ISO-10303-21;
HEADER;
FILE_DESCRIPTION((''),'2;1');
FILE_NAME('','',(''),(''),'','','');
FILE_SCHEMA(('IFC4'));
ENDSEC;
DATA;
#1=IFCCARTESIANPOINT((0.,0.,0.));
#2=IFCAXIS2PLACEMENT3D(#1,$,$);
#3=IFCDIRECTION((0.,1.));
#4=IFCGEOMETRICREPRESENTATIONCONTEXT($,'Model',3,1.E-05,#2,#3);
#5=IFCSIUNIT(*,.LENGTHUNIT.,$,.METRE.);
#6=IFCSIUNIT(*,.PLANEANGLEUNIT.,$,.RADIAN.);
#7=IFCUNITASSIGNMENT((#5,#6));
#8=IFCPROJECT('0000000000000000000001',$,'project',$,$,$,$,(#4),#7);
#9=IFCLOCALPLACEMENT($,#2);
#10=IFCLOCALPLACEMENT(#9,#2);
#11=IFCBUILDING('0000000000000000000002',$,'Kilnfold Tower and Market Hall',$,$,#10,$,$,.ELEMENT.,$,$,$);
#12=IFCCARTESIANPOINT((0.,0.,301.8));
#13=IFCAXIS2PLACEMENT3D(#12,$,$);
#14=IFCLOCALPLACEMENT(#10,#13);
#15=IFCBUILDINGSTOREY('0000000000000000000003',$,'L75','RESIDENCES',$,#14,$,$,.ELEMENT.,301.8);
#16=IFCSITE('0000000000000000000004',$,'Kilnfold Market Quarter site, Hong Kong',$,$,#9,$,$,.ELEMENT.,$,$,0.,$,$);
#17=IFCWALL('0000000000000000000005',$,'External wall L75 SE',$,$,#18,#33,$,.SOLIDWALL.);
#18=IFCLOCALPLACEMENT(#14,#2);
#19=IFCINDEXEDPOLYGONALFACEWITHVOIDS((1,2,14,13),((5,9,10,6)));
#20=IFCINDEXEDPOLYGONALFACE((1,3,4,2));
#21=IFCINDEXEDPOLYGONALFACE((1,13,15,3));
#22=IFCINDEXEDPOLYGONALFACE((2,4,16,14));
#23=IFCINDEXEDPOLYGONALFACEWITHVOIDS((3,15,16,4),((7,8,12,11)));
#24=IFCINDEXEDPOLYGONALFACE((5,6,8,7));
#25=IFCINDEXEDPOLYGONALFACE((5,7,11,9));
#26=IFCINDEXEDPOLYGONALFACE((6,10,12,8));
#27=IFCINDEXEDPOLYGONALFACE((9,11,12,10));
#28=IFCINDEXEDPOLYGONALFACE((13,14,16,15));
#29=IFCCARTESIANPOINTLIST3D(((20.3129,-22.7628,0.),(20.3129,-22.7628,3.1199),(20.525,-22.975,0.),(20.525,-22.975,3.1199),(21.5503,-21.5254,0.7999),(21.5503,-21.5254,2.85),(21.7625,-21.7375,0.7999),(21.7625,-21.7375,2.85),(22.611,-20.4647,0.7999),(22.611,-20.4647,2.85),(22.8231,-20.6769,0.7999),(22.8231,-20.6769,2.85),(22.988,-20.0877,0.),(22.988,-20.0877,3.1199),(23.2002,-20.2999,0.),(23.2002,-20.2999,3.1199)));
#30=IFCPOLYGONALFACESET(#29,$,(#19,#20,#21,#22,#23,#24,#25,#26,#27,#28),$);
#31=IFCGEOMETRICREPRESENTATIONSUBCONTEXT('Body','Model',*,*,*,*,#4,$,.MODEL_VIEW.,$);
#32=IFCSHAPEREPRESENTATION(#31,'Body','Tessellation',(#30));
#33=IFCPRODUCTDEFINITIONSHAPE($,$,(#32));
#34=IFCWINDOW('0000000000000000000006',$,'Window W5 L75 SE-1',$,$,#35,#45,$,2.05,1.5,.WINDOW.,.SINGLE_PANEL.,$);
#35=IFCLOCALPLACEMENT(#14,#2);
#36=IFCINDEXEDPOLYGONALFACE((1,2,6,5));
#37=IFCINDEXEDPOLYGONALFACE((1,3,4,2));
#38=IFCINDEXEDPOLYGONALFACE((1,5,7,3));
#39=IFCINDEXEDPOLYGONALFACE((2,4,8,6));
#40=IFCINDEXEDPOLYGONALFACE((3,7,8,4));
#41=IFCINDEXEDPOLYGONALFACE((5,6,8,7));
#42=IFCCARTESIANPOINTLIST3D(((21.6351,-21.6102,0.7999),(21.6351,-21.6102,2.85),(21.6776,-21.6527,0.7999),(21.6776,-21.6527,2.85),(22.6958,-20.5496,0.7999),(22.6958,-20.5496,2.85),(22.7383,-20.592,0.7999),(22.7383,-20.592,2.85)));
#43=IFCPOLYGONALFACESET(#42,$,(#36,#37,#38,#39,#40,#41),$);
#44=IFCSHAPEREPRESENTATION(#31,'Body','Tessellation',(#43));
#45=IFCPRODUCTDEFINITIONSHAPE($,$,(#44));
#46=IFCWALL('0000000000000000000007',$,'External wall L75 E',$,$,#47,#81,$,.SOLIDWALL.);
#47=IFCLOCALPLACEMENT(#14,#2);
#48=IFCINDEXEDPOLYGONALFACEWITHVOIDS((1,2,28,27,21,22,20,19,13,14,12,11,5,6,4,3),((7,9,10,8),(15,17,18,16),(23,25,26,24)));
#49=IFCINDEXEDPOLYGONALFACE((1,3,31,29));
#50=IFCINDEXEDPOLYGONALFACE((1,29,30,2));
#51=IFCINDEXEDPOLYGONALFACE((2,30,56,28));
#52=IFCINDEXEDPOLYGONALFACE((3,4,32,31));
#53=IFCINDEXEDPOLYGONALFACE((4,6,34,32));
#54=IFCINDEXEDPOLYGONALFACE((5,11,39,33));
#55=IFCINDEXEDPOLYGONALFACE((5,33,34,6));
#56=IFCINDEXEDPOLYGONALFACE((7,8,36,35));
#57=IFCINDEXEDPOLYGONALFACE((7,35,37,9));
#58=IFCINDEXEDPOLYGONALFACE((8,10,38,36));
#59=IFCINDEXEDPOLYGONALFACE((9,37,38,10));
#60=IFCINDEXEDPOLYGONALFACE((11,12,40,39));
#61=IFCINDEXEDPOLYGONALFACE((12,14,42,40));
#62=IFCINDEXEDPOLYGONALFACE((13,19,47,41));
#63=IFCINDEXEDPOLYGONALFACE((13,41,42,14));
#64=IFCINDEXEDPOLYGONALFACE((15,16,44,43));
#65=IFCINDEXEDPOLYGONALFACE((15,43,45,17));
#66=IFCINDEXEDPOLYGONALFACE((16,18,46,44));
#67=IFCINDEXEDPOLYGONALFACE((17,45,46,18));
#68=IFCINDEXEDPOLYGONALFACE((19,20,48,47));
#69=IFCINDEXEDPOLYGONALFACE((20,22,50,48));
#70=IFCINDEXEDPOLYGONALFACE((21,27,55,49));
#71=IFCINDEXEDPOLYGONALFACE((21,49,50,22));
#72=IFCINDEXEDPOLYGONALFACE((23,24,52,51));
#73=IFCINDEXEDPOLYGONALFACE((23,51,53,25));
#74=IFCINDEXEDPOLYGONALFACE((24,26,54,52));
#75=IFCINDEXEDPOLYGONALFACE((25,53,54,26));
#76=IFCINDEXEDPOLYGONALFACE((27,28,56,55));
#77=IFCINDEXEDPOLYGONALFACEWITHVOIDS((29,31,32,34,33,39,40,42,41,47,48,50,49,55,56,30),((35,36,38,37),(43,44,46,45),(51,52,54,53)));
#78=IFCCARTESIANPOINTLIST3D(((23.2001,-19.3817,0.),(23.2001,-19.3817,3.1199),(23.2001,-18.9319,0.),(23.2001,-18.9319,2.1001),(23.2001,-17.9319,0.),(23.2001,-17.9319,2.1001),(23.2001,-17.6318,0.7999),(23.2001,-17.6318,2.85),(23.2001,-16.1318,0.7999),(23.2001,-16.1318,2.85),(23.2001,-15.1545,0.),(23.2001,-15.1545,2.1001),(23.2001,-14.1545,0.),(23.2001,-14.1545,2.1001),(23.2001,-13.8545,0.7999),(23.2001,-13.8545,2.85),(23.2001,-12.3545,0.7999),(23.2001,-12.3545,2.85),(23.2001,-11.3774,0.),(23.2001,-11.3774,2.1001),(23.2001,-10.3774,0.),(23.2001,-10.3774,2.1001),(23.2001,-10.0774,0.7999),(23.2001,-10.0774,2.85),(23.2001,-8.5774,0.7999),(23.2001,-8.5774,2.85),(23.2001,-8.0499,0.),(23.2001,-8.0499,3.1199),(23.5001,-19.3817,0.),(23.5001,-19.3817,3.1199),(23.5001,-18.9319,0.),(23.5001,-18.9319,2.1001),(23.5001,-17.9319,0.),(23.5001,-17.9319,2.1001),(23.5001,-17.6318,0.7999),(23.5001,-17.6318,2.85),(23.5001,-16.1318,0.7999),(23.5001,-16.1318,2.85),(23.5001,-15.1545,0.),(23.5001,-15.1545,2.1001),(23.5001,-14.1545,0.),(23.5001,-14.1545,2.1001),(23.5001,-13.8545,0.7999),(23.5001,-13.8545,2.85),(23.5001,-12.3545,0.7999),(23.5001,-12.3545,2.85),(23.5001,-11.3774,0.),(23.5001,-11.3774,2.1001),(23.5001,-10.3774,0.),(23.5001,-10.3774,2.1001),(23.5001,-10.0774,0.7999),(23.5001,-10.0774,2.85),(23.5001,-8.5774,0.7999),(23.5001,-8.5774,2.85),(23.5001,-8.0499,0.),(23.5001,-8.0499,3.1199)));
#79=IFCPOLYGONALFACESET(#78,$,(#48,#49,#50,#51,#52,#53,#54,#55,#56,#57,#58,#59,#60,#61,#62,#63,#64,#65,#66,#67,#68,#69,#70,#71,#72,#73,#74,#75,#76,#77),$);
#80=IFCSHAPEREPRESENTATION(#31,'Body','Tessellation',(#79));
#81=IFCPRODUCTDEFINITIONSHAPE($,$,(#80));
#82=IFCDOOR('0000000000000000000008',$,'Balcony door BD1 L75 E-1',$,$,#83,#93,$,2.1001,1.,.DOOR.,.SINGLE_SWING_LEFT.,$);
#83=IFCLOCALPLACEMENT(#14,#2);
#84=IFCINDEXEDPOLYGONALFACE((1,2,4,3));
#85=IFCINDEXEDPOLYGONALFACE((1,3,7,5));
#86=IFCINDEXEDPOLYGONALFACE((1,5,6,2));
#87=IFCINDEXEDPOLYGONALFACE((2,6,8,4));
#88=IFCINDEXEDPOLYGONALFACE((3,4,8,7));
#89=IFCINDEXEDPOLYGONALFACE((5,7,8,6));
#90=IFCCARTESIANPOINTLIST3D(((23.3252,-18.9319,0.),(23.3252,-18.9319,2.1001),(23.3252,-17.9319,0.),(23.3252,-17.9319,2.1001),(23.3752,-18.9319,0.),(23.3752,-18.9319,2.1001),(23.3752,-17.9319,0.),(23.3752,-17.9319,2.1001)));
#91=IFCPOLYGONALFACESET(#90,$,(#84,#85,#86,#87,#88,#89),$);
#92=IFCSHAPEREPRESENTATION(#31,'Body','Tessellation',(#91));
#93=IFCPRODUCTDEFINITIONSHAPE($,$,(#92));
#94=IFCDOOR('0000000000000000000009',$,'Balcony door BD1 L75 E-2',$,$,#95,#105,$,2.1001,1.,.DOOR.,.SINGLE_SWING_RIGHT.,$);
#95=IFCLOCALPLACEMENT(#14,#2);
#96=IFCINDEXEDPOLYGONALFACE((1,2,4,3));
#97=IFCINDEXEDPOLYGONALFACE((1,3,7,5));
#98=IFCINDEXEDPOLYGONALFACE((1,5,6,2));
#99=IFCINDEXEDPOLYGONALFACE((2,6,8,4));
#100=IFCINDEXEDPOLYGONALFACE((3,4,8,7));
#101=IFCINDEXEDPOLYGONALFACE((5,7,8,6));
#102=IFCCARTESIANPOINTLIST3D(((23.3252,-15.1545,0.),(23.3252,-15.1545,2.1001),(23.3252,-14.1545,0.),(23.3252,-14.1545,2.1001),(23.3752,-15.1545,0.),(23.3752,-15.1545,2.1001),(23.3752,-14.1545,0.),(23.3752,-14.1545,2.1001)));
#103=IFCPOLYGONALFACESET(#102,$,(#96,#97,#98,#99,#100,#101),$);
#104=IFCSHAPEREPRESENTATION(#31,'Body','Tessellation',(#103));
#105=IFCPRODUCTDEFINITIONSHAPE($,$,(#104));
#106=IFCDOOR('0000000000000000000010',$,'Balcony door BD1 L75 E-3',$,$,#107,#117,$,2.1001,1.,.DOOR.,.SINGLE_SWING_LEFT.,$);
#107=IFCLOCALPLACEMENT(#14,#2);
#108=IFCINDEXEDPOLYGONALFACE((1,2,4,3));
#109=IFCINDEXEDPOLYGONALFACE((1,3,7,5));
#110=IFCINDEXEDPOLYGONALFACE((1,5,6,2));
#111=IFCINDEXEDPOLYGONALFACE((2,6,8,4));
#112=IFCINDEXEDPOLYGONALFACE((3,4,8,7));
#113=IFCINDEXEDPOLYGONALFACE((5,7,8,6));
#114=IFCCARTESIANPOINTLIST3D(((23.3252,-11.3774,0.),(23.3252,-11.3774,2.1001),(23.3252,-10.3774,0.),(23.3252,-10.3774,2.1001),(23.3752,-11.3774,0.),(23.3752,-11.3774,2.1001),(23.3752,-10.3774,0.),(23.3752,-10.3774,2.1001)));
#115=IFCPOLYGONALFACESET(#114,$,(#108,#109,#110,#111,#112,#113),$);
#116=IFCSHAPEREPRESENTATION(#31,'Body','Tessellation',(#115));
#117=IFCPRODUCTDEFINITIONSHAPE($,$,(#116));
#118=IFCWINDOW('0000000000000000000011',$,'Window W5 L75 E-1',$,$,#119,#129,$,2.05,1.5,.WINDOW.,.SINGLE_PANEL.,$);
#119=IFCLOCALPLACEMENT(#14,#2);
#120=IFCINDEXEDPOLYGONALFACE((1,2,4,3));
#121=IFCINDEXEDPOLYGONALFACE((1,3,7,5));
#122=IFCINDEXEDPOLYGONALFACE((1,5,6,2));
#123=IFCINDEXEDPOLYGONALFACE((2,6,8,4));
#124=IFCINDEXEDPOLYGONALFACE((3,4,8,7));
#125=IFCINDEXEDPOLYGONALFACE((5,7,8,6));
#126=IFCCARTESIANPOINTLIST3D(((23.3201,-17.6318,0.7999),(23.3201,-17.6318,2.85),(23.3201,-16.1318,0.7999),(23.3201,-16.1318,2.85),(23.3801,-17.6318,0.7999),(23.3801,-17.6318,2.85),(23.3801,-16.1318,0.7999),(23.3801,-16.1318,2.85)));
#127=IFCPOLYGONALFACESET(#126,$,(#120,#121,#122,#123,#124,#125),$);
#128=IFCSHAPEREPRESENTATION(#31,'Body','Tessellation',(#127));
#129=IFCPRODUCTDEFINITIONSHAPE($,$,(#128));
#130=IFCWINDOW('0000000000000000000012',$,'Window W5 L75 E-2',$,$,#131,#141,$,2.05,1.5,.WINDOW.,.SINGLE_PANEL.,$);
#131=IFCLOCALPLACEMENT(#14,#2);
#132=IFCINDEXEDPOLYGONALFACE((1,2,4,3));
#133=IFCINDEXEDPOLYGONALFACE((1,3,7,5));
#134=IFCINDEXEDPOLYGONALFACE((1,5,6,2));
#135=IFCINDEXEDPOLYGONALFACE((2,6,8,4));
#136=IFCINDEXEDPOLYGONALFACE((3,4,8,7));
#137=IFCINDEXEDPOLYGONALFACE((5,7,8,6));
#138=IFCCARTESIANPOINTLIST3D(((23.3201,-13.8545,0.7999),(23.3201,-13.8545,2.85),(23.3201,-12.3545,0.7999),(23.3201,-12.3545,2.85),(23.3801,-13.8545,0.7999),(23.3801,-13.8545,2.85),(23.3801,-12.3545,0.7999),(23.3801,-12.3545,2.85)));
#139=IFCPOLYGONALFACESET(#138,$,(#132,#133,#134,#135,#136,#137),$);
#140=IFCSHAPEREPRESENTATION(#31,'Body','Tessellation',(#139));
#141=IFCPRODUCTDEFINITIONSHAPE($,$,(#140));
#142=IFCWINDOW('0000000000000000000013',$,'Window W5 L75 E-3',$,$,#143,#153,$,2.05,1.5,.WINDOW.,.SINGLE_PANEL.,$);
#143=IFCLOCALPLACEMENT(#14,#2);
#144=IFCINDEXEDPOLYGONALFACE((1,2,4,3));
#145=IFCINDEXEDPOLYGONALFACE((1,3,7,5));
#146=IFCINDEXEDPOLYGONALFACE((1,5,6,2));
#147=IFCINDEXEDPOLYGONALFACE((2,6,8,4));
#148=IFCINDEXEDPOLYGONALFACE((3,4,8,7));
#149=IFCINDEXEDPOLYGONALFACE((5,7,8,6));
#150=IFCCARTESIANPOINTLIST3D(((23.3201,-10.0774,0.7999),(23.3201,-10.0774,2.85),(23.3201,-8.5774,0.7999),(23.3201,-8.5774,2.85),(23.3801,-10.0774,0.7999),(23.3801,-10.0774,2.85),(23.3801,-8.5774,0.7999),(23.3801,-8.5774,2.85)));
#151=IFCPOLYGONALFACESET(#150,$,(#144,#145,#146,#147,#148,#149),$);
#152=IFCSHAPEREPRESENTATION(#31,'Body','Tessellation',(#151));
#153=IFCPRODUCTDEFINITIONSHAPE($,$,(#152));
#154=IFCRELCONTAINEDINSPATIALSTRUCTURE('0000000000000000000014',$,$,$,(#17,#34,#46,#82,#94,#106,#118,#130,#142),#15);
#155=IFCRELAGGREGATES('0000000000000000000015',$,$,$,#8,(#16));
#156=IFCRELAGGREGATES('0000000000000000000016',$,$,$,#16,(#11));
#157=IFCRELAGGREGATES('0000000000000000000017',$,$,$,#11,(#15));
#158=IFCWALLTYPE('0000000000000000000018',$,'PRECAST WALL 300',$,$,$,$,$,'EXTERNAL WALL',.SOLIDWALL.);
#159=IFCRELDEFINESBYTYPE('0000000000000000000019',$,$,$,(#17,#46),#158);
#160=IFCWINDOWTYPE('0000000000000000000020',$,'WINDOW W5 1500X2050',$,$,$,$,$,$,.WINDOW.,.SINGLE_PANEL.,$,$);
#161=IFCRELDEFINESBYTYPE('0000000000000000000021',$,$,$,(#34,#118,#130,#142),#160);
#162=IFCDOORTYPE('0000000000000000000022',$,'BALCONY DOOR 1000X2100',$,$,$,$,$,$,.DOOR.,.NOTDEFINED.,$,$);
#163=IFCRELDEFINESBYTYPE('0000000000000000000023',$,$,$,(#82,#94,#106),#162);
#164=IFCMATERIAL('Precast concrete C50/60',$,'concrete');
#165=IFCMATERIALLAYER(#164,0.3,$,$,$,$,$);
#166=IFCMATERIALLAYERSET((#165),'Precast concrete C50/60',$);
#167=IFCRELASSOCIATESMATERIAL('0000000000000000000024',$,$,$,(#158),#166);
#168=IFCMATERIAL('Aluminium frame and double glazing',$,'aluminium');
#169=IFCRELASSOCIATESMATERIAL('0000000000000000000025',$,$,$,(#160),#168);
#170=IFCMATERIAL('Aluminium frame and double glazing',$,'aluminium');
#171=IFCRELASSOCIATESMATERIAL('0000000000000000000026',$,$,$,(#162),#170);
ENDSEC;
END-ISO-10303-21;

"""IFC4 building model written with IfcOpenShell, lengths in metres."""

from ifc_helpers import new_model, si_unit, direction, frame, frame_2d, origin, place, context, subcontext, project, spatial, rectangle, extrude, source, transform, mapped, material, layer, layer_set, type_object, element, fill, save


model = new_model("IFC4")

# Units and contexts
model_context = context("Model", 3, precision=1e-05, world=origin(), true_north=direction((0.0, 1.0)))
body_context = subcontext(model_context, "Body", "Model", "MODEL_VIEW")
ifc_project = project(units=[si_unit("LENGTHUNIT", "METRE"), si_unit("PLANEANGLEUNIT", "RADIAN")], contexts=[model_context])

# Site, building, storey
site_placement = place(None, origin())
site = spatial("IfcSite", under=ifc_project, at=site_placement, Name="Kilnfold Market Quarter site, Hong Kong", CompositionType="ELEMENT", RefElevation=0.0)
building_placement = place(site_placement, origin())
building = spatial("IfcBuilding", under=site, at=building_placement, Name="Kilnfold Tower and Market Hall", CompositionType="ELEMENT")
storey_placement = place(building_placement, frame((0.0, 0.0, 301.8)))
storey = spatial("IfcBuildingStorey", under=building, at=storey_placement, Name="L75", Description="RESIDENCES", CompositionType="ELEMENT", Elevation=301.8)

# Wall, opening, window
ifc_material_1 = material(Name="Precast concrete C50/60", Category="concrete")
ifc_layer_1 = layer(ifc_material_1, 0.3)
ifc_layer_set_1 = layer_set([ifc_layer_1], Name="Precast concrete C50/60")
wall_type_1 = type_object("IfcWallType", Name="PRECAST WALL 300", ElementType="EXTERNAL WALL", PredefinedType="SOLIDWALL", material=ifc_layer_set_1)
shared_shape_1 = source(origin(), body_context, "Body", "SweptSolid", [
    extrude(rectangle(XDim=3.7832, YDim=0.3, at=frame_2d((1.8916, 0.0))), origin(), (0.0, 0.0, 1.0), 3.1199),
])
wall_1_placement = place(storey_placement, frame((20.4189, -22.8689, 0.0), z_axis=(0.0, 0.0, 1.0), x_axis=(0.707107, 0.707107, 0.0)))
wall_1 = element("IfcWall", 1, at=wall_1_placement, inside=storey, type_object=wall_type_1, Name="External wall L75 SE", PredefinedType="SOLIDWALL", context=body_context, shape_type="MappedRepresentation", body=[
    mapped(shared_shape_1, transform((0.0, 0.0, 0.0))),
])
opening_1_placement = place(wall_1_placement, frame((1.75, 0.0, 0.8)))
opening_1 = element("IfcOpeningElement", 2, at=opening_1_placement, cuts=wall_1, PredefinedType="OPENING", context=body_context, shape_type="SweptSolid", body=[
    extrude(rectangle(XDim=1.5, YDim=2.05, at=frame_2d((0.75, 1.0249))), frame((0.0, 0.1602, 0.0), z_axis=(0.0, -1.0, 0.0), x_axis=(1.0, 0.0, 0.0)), (0.0, 0.0, 1.0), 0.3201),
])
ifc_material_2 = material(Name="Aluminium frame and double glazing", Category="aluminium")
window_type = type_object("IfcWindowType", Name="WINDOW W5 1500X2050", PartitioningType="SINGLE_PANEL", PredefinedType="WINDOW", material=ifc_material_2)
window_1_placement = place(opening_1_placement, origin())
window_1 = element("IfcWindow", 3, at=window_1_placement, inside=storey, type_object=window_type, Name="Window W5 L75 SE-1", OverallHeight=2.05, OverallWidth=1.5, PartitioningType="SINGLE_PANEL", PredefinedType="WINDOW", context=body_context, shape_type="SweptSolid", body=[
    extrude(rectangle(XDim=1.5, YDim=2.05, at=frame_2d((0.75, 1.0249))), frame((0.0, 0.03, 0.0), z_axis=(0.0, -1.0, 0.0), x_axis=(1.0, 0.0, 0.0)), (0.0, 0.0, 1.0), 0.0601),
])
fill(opening_1, window_1)

# Wall, openings, doors, windows
shared_shape_2 = source(origin(), body_context, "Body", "SweptSolid", [
    extrude(rectangle(XDim=11.3318, YDim=0.3, at=frame_2d((5.666, 0.0))), origin(), (0.0, 0.0, 1.0), 3.1199),
])
wall_2_placement = place(storey_placement, frame((23.3501, -19.3818, 0.0), z_axis=(0.0, 0.0, 1.0), x_axis=(0.0, 1.0, 0.0)))
wall_2 = element("IfcWall", 4, at=wall_2_placement, inside=storey, type_object=wall_type_1, Name="External wall L75 E", PredefinedType="SOLIDWALL", context=body_context, shape_type="MappedRepresentation", body=[
    mapped(shared_shape_2, transform((0.0, 0.0, 0.0))),
])
opening_2_placement = place(wall_2_placement, frame((1.75, 0.0, 0.8)))
opening_2 = element("IfcOpeningElement", 5, at=opening_2_placement, cuts=wall_2, PredefinedType="OPENING", context=body_context, shape_type="SweptSolid", body=[
    extrude(rectangle(XDim=1.5, YDim=2.05, at=frame_2d((0.75, 1.0249))), frame((0.0, 0.1602, 0.0), z_axis=(0.0, -1.0, 0.0), x_axis=(1.0, 0.0, 0.0)), (0.0, 0.0, 1.0), 0.3201),
])
opening_3_placement = place(wall_2_placement, frame((0.45, 0.0, 0.0)))
opening_3 = element("IfcOpeningElement", 6, at=opening_3_placement, cuts=wall_2, PredefinedType="OPENING", context=body_context, shape_type="SweptSolid", body=[
    extrude(rectangle(XDim=1.0, YDim=2.1001, at=frame_2d((0.5, 1.05))), frame((0.0, 0.1602, 0.0), z_axis=(0.0, -1.0, 0.0), x_axis=(1.0, 0.0, 0.0)), (0.0, 0.0, 1.0), 0.3201),
])
opening_4_placement = place(wall_2_placement, frame((5.5273, 0.0, 0.8)))
opening_4 = element("IfcOpeningElement", 7, at=opening_4_placement, cuts=wall_2, PredefinedType="OPENING", context=body_context, shape_type="SweptSolid", body=[
    extrude(rectangle(XDim=1.5, YDim=2.05, at=frame_2d((0.75, 1.0249))), frame((0.0, 0.1602, 0.0), z_axis=(0.0, -1.0, 0.0), x_axis=(1.0, 0.0, 0.0)), (0.0, 0.0, 1.0), 0.3201),
])
opening_5_placement = place(wall_2_placement, frame((4.2273, 0.0, 0.0)))
opening_5 = element("IfcOpeningElement", 8, at=opening_5_placement, cuts=wall_2, PredefinedType="OPENING", context=body_context, shape_type="SweptSolid", body=[
    extrude(rectangle(XDim=1.0, YDim=2.1001, at=frame_2d((0.5, 1.05))), frame((0.0, 0.1602, 0.0), z_axis=(0.0, -1.0, 0.0), x_axis=(1.0, 0.0, 0.0)), (0.0, 0.0, 1.0), 0.3201),
])
opening_6_placement = place(wall_2_placement, frame((9.3044, 0.0, 0.8)))
opening_6 = element("IfcOpeningElement", 9, at=opening_6_placement, cuts=wall_2, PredefinedType="OPENING", context=body_context, shape_type="SweptSolid", body=[
    extrude(rectangle(XDim=1.5, YDim=2.05, at=frame_2d((0.75, 1.0249))), frame((0.0, 0.1602, 0.0), z_axis=(0.0, -1.0, 0.0), x_axis=(1.0, 0.0, 0.0)), (0.0, 0.0, 1.0), 0.3201),
])
opening_7_placement = place(wall_2_placement, frame((8.0044, 0.0, 0.0)))
opening_7 = element("IfcOpeningElement", 10, at=opening_7_placement, cuts=wall_2, PredefinedType="OPENING", context=body_context, shape_type="SweptSolid", body=[
    extrude(rectangle(XDim=1.0, YDim=2.1001, at=frame_2d((0.5, 1.05))), frame((0.0, 0.1602, 0.0), z_axis=(0.0, -1.0, 0.0), x_axis=(1.0, 0.0, 0.0)), (0.0, 0.0, 1.0), 0.3201),
])
ifc_material_3 = material(Name="Aluminium frame and double glazing", Category="aluminium")
door_type_1 = type_object("IfcDoorType", Name="BALCONY DOOR 1000X2100", OperationType="NOTDEFINED", PredefinedType="DOOR", material=ifc_material_3)
door_1_placement = place(opening_3_placement, origin())
door_1 = element("IfcDoor", 11, at=door_1_placement, inside=storey, type_object=door_type_1, Name="Balcony door BD1 L75 E-1", OperationType="SINGLE_SWING_LEFT", OverallHeight=2.1001, OverallWidth=1.0, PredefinedType="DOOR", context=body_context, shape_type="SweptSolid", body=[
    extrude(rectangle(XDim=1.0, YDim=2.1001, at=frame_2d((0.5, 1.05))), frame((0.0, 0.0249, 0.0), z_axis=(0.0, -1.0, 0.0), x_axis=(1.0, 0.0, 0.0)), (0.0, 0.0, 1.0), 0.05),
])
fill(opening_3, door_1)
door_2_placement = place(opening_5_placement, origin())
door_2 = element("IfcDoor", 12, at=door_2_placement, inside=storey, type_object=door_type_1, Name="Balcony door BD1 L75 E-2", OperationType="SINGLE_SWING_RIGHT", OverallHeight=2.1001, OverallWidth=1.0, PredefinedType="DOOR", context=body_context, shape_type="SweptSolid", body=[
    extrude(rectangle(XDim=1.0, YDim=2.1001, at=frame_2d((0.5, 1.05))), frame((0.0, 0.0249, 0.0), z_axis=(0.0, -1.0, 0.0), x_axis=(1.0, 0.0, 0.0)), (0.0, 0.0, 1.0), 0.05),
])
fill(opening_5, door_2)
door_3_placement = place(opening_7_placement, origin())
door_3 = element("IfcDoor", 13, at=door_3_placement, inside=storey, type_object=door_type_1, Name="Balcony door BD1 L75 E-3", OperationType="SINGLE_SWING_LEFT", OverallHeight=2.1001, OverallWidth=1.0, PredefinedType="DOOR", context=body_context, shape_type="SweptSolid", body=[
    extrude(rectangle(XDim=1.0, YDim=2.1001, at=frame_2d((0.5, 1.05))), frame((0.0, 0.0249, 0.0), z_axis=(0.0, -1.0, 0.0), x_axis=(1.0, 0.0, 0.0)), (0.0, 0.0, 1.0), 0.05),
])
fill(opening_7, door_3)
window_2_placement = place(opening_2_placement, origin())
window_2 = element("IfcWindow", 14, at=window_2_placement, inside=storey, type_object=window_type, Name="Window W5 L75 E-1", OverallHeight=2.05, OverallWidth=1.5, PartitioningType="SINGLE_PANEL", PredefinedType="WINDOW", context=body_context, shape_type="SweptSolid", body=[
    extrude(rectangle(XDim=1.5, YDim=2.05, at=frame_2d((0.75, 1.0249))), frame((0.0, 0.03, 0.0), z_axis=(0.0, -1.0, 0.0), x_axis=(1.0, 0.0, 0.0)), (0.0, 0.0, 1.0), 0.0601),
])
fill(opening_2, window_2)
window_3_placement = place(opening_4_placement, origin())
window_3 = element("IfcWindow", 15, at=window_3_placement, inside=storey, type_object=window_type, Name="Window W5 L75 E-2", OverallHeight=2.05, OverallWidth=1.5, PartitioningType="SINGLE_PANEL", PredefinedType="WINDOW", context=body_context, shape_type="SweptSolid", body=[
    extrude(rectangle(XDim=1.5, YDim=2.05, at=frame_2d((0.75, 1.0249))), frame((0.0, 0.03, 0.0), z_axis=(0.0, -1.0, 0.0), x_axis=(1.0, 0.0, 0.0)), (0.0, 0.0, 1.0), 0.0601),
])
fill(opening_4, window_3)
window_4_placement = place(opening_6_placement, origin())
window_4 = element("IfcWindow", 16, at=window_4_placement, inside=storey, type_object=window_type, Name="Window W5 L75 E-3", OverallHeight=2.05, OverallWidth=1.5, PartitioningType="SINGLE_PANEL", PredefinedType="WINDOW", context=body_context, shape_type="SweptSolid", body=[
    extrude(rectangle(XDim=1.5, YDim=2.05, at=frame_2d((0.75, 1.0249))), frame((0.0, 0.03, 0.0), z_axis=(0.0, -1.0, 0.0), x_axis=(1.0, 0.0, 0.0)), (0.0, 0.0, 1.0), 0.0601),
])
fill(opening_6, window_4)

save(model, "model.ifc")
